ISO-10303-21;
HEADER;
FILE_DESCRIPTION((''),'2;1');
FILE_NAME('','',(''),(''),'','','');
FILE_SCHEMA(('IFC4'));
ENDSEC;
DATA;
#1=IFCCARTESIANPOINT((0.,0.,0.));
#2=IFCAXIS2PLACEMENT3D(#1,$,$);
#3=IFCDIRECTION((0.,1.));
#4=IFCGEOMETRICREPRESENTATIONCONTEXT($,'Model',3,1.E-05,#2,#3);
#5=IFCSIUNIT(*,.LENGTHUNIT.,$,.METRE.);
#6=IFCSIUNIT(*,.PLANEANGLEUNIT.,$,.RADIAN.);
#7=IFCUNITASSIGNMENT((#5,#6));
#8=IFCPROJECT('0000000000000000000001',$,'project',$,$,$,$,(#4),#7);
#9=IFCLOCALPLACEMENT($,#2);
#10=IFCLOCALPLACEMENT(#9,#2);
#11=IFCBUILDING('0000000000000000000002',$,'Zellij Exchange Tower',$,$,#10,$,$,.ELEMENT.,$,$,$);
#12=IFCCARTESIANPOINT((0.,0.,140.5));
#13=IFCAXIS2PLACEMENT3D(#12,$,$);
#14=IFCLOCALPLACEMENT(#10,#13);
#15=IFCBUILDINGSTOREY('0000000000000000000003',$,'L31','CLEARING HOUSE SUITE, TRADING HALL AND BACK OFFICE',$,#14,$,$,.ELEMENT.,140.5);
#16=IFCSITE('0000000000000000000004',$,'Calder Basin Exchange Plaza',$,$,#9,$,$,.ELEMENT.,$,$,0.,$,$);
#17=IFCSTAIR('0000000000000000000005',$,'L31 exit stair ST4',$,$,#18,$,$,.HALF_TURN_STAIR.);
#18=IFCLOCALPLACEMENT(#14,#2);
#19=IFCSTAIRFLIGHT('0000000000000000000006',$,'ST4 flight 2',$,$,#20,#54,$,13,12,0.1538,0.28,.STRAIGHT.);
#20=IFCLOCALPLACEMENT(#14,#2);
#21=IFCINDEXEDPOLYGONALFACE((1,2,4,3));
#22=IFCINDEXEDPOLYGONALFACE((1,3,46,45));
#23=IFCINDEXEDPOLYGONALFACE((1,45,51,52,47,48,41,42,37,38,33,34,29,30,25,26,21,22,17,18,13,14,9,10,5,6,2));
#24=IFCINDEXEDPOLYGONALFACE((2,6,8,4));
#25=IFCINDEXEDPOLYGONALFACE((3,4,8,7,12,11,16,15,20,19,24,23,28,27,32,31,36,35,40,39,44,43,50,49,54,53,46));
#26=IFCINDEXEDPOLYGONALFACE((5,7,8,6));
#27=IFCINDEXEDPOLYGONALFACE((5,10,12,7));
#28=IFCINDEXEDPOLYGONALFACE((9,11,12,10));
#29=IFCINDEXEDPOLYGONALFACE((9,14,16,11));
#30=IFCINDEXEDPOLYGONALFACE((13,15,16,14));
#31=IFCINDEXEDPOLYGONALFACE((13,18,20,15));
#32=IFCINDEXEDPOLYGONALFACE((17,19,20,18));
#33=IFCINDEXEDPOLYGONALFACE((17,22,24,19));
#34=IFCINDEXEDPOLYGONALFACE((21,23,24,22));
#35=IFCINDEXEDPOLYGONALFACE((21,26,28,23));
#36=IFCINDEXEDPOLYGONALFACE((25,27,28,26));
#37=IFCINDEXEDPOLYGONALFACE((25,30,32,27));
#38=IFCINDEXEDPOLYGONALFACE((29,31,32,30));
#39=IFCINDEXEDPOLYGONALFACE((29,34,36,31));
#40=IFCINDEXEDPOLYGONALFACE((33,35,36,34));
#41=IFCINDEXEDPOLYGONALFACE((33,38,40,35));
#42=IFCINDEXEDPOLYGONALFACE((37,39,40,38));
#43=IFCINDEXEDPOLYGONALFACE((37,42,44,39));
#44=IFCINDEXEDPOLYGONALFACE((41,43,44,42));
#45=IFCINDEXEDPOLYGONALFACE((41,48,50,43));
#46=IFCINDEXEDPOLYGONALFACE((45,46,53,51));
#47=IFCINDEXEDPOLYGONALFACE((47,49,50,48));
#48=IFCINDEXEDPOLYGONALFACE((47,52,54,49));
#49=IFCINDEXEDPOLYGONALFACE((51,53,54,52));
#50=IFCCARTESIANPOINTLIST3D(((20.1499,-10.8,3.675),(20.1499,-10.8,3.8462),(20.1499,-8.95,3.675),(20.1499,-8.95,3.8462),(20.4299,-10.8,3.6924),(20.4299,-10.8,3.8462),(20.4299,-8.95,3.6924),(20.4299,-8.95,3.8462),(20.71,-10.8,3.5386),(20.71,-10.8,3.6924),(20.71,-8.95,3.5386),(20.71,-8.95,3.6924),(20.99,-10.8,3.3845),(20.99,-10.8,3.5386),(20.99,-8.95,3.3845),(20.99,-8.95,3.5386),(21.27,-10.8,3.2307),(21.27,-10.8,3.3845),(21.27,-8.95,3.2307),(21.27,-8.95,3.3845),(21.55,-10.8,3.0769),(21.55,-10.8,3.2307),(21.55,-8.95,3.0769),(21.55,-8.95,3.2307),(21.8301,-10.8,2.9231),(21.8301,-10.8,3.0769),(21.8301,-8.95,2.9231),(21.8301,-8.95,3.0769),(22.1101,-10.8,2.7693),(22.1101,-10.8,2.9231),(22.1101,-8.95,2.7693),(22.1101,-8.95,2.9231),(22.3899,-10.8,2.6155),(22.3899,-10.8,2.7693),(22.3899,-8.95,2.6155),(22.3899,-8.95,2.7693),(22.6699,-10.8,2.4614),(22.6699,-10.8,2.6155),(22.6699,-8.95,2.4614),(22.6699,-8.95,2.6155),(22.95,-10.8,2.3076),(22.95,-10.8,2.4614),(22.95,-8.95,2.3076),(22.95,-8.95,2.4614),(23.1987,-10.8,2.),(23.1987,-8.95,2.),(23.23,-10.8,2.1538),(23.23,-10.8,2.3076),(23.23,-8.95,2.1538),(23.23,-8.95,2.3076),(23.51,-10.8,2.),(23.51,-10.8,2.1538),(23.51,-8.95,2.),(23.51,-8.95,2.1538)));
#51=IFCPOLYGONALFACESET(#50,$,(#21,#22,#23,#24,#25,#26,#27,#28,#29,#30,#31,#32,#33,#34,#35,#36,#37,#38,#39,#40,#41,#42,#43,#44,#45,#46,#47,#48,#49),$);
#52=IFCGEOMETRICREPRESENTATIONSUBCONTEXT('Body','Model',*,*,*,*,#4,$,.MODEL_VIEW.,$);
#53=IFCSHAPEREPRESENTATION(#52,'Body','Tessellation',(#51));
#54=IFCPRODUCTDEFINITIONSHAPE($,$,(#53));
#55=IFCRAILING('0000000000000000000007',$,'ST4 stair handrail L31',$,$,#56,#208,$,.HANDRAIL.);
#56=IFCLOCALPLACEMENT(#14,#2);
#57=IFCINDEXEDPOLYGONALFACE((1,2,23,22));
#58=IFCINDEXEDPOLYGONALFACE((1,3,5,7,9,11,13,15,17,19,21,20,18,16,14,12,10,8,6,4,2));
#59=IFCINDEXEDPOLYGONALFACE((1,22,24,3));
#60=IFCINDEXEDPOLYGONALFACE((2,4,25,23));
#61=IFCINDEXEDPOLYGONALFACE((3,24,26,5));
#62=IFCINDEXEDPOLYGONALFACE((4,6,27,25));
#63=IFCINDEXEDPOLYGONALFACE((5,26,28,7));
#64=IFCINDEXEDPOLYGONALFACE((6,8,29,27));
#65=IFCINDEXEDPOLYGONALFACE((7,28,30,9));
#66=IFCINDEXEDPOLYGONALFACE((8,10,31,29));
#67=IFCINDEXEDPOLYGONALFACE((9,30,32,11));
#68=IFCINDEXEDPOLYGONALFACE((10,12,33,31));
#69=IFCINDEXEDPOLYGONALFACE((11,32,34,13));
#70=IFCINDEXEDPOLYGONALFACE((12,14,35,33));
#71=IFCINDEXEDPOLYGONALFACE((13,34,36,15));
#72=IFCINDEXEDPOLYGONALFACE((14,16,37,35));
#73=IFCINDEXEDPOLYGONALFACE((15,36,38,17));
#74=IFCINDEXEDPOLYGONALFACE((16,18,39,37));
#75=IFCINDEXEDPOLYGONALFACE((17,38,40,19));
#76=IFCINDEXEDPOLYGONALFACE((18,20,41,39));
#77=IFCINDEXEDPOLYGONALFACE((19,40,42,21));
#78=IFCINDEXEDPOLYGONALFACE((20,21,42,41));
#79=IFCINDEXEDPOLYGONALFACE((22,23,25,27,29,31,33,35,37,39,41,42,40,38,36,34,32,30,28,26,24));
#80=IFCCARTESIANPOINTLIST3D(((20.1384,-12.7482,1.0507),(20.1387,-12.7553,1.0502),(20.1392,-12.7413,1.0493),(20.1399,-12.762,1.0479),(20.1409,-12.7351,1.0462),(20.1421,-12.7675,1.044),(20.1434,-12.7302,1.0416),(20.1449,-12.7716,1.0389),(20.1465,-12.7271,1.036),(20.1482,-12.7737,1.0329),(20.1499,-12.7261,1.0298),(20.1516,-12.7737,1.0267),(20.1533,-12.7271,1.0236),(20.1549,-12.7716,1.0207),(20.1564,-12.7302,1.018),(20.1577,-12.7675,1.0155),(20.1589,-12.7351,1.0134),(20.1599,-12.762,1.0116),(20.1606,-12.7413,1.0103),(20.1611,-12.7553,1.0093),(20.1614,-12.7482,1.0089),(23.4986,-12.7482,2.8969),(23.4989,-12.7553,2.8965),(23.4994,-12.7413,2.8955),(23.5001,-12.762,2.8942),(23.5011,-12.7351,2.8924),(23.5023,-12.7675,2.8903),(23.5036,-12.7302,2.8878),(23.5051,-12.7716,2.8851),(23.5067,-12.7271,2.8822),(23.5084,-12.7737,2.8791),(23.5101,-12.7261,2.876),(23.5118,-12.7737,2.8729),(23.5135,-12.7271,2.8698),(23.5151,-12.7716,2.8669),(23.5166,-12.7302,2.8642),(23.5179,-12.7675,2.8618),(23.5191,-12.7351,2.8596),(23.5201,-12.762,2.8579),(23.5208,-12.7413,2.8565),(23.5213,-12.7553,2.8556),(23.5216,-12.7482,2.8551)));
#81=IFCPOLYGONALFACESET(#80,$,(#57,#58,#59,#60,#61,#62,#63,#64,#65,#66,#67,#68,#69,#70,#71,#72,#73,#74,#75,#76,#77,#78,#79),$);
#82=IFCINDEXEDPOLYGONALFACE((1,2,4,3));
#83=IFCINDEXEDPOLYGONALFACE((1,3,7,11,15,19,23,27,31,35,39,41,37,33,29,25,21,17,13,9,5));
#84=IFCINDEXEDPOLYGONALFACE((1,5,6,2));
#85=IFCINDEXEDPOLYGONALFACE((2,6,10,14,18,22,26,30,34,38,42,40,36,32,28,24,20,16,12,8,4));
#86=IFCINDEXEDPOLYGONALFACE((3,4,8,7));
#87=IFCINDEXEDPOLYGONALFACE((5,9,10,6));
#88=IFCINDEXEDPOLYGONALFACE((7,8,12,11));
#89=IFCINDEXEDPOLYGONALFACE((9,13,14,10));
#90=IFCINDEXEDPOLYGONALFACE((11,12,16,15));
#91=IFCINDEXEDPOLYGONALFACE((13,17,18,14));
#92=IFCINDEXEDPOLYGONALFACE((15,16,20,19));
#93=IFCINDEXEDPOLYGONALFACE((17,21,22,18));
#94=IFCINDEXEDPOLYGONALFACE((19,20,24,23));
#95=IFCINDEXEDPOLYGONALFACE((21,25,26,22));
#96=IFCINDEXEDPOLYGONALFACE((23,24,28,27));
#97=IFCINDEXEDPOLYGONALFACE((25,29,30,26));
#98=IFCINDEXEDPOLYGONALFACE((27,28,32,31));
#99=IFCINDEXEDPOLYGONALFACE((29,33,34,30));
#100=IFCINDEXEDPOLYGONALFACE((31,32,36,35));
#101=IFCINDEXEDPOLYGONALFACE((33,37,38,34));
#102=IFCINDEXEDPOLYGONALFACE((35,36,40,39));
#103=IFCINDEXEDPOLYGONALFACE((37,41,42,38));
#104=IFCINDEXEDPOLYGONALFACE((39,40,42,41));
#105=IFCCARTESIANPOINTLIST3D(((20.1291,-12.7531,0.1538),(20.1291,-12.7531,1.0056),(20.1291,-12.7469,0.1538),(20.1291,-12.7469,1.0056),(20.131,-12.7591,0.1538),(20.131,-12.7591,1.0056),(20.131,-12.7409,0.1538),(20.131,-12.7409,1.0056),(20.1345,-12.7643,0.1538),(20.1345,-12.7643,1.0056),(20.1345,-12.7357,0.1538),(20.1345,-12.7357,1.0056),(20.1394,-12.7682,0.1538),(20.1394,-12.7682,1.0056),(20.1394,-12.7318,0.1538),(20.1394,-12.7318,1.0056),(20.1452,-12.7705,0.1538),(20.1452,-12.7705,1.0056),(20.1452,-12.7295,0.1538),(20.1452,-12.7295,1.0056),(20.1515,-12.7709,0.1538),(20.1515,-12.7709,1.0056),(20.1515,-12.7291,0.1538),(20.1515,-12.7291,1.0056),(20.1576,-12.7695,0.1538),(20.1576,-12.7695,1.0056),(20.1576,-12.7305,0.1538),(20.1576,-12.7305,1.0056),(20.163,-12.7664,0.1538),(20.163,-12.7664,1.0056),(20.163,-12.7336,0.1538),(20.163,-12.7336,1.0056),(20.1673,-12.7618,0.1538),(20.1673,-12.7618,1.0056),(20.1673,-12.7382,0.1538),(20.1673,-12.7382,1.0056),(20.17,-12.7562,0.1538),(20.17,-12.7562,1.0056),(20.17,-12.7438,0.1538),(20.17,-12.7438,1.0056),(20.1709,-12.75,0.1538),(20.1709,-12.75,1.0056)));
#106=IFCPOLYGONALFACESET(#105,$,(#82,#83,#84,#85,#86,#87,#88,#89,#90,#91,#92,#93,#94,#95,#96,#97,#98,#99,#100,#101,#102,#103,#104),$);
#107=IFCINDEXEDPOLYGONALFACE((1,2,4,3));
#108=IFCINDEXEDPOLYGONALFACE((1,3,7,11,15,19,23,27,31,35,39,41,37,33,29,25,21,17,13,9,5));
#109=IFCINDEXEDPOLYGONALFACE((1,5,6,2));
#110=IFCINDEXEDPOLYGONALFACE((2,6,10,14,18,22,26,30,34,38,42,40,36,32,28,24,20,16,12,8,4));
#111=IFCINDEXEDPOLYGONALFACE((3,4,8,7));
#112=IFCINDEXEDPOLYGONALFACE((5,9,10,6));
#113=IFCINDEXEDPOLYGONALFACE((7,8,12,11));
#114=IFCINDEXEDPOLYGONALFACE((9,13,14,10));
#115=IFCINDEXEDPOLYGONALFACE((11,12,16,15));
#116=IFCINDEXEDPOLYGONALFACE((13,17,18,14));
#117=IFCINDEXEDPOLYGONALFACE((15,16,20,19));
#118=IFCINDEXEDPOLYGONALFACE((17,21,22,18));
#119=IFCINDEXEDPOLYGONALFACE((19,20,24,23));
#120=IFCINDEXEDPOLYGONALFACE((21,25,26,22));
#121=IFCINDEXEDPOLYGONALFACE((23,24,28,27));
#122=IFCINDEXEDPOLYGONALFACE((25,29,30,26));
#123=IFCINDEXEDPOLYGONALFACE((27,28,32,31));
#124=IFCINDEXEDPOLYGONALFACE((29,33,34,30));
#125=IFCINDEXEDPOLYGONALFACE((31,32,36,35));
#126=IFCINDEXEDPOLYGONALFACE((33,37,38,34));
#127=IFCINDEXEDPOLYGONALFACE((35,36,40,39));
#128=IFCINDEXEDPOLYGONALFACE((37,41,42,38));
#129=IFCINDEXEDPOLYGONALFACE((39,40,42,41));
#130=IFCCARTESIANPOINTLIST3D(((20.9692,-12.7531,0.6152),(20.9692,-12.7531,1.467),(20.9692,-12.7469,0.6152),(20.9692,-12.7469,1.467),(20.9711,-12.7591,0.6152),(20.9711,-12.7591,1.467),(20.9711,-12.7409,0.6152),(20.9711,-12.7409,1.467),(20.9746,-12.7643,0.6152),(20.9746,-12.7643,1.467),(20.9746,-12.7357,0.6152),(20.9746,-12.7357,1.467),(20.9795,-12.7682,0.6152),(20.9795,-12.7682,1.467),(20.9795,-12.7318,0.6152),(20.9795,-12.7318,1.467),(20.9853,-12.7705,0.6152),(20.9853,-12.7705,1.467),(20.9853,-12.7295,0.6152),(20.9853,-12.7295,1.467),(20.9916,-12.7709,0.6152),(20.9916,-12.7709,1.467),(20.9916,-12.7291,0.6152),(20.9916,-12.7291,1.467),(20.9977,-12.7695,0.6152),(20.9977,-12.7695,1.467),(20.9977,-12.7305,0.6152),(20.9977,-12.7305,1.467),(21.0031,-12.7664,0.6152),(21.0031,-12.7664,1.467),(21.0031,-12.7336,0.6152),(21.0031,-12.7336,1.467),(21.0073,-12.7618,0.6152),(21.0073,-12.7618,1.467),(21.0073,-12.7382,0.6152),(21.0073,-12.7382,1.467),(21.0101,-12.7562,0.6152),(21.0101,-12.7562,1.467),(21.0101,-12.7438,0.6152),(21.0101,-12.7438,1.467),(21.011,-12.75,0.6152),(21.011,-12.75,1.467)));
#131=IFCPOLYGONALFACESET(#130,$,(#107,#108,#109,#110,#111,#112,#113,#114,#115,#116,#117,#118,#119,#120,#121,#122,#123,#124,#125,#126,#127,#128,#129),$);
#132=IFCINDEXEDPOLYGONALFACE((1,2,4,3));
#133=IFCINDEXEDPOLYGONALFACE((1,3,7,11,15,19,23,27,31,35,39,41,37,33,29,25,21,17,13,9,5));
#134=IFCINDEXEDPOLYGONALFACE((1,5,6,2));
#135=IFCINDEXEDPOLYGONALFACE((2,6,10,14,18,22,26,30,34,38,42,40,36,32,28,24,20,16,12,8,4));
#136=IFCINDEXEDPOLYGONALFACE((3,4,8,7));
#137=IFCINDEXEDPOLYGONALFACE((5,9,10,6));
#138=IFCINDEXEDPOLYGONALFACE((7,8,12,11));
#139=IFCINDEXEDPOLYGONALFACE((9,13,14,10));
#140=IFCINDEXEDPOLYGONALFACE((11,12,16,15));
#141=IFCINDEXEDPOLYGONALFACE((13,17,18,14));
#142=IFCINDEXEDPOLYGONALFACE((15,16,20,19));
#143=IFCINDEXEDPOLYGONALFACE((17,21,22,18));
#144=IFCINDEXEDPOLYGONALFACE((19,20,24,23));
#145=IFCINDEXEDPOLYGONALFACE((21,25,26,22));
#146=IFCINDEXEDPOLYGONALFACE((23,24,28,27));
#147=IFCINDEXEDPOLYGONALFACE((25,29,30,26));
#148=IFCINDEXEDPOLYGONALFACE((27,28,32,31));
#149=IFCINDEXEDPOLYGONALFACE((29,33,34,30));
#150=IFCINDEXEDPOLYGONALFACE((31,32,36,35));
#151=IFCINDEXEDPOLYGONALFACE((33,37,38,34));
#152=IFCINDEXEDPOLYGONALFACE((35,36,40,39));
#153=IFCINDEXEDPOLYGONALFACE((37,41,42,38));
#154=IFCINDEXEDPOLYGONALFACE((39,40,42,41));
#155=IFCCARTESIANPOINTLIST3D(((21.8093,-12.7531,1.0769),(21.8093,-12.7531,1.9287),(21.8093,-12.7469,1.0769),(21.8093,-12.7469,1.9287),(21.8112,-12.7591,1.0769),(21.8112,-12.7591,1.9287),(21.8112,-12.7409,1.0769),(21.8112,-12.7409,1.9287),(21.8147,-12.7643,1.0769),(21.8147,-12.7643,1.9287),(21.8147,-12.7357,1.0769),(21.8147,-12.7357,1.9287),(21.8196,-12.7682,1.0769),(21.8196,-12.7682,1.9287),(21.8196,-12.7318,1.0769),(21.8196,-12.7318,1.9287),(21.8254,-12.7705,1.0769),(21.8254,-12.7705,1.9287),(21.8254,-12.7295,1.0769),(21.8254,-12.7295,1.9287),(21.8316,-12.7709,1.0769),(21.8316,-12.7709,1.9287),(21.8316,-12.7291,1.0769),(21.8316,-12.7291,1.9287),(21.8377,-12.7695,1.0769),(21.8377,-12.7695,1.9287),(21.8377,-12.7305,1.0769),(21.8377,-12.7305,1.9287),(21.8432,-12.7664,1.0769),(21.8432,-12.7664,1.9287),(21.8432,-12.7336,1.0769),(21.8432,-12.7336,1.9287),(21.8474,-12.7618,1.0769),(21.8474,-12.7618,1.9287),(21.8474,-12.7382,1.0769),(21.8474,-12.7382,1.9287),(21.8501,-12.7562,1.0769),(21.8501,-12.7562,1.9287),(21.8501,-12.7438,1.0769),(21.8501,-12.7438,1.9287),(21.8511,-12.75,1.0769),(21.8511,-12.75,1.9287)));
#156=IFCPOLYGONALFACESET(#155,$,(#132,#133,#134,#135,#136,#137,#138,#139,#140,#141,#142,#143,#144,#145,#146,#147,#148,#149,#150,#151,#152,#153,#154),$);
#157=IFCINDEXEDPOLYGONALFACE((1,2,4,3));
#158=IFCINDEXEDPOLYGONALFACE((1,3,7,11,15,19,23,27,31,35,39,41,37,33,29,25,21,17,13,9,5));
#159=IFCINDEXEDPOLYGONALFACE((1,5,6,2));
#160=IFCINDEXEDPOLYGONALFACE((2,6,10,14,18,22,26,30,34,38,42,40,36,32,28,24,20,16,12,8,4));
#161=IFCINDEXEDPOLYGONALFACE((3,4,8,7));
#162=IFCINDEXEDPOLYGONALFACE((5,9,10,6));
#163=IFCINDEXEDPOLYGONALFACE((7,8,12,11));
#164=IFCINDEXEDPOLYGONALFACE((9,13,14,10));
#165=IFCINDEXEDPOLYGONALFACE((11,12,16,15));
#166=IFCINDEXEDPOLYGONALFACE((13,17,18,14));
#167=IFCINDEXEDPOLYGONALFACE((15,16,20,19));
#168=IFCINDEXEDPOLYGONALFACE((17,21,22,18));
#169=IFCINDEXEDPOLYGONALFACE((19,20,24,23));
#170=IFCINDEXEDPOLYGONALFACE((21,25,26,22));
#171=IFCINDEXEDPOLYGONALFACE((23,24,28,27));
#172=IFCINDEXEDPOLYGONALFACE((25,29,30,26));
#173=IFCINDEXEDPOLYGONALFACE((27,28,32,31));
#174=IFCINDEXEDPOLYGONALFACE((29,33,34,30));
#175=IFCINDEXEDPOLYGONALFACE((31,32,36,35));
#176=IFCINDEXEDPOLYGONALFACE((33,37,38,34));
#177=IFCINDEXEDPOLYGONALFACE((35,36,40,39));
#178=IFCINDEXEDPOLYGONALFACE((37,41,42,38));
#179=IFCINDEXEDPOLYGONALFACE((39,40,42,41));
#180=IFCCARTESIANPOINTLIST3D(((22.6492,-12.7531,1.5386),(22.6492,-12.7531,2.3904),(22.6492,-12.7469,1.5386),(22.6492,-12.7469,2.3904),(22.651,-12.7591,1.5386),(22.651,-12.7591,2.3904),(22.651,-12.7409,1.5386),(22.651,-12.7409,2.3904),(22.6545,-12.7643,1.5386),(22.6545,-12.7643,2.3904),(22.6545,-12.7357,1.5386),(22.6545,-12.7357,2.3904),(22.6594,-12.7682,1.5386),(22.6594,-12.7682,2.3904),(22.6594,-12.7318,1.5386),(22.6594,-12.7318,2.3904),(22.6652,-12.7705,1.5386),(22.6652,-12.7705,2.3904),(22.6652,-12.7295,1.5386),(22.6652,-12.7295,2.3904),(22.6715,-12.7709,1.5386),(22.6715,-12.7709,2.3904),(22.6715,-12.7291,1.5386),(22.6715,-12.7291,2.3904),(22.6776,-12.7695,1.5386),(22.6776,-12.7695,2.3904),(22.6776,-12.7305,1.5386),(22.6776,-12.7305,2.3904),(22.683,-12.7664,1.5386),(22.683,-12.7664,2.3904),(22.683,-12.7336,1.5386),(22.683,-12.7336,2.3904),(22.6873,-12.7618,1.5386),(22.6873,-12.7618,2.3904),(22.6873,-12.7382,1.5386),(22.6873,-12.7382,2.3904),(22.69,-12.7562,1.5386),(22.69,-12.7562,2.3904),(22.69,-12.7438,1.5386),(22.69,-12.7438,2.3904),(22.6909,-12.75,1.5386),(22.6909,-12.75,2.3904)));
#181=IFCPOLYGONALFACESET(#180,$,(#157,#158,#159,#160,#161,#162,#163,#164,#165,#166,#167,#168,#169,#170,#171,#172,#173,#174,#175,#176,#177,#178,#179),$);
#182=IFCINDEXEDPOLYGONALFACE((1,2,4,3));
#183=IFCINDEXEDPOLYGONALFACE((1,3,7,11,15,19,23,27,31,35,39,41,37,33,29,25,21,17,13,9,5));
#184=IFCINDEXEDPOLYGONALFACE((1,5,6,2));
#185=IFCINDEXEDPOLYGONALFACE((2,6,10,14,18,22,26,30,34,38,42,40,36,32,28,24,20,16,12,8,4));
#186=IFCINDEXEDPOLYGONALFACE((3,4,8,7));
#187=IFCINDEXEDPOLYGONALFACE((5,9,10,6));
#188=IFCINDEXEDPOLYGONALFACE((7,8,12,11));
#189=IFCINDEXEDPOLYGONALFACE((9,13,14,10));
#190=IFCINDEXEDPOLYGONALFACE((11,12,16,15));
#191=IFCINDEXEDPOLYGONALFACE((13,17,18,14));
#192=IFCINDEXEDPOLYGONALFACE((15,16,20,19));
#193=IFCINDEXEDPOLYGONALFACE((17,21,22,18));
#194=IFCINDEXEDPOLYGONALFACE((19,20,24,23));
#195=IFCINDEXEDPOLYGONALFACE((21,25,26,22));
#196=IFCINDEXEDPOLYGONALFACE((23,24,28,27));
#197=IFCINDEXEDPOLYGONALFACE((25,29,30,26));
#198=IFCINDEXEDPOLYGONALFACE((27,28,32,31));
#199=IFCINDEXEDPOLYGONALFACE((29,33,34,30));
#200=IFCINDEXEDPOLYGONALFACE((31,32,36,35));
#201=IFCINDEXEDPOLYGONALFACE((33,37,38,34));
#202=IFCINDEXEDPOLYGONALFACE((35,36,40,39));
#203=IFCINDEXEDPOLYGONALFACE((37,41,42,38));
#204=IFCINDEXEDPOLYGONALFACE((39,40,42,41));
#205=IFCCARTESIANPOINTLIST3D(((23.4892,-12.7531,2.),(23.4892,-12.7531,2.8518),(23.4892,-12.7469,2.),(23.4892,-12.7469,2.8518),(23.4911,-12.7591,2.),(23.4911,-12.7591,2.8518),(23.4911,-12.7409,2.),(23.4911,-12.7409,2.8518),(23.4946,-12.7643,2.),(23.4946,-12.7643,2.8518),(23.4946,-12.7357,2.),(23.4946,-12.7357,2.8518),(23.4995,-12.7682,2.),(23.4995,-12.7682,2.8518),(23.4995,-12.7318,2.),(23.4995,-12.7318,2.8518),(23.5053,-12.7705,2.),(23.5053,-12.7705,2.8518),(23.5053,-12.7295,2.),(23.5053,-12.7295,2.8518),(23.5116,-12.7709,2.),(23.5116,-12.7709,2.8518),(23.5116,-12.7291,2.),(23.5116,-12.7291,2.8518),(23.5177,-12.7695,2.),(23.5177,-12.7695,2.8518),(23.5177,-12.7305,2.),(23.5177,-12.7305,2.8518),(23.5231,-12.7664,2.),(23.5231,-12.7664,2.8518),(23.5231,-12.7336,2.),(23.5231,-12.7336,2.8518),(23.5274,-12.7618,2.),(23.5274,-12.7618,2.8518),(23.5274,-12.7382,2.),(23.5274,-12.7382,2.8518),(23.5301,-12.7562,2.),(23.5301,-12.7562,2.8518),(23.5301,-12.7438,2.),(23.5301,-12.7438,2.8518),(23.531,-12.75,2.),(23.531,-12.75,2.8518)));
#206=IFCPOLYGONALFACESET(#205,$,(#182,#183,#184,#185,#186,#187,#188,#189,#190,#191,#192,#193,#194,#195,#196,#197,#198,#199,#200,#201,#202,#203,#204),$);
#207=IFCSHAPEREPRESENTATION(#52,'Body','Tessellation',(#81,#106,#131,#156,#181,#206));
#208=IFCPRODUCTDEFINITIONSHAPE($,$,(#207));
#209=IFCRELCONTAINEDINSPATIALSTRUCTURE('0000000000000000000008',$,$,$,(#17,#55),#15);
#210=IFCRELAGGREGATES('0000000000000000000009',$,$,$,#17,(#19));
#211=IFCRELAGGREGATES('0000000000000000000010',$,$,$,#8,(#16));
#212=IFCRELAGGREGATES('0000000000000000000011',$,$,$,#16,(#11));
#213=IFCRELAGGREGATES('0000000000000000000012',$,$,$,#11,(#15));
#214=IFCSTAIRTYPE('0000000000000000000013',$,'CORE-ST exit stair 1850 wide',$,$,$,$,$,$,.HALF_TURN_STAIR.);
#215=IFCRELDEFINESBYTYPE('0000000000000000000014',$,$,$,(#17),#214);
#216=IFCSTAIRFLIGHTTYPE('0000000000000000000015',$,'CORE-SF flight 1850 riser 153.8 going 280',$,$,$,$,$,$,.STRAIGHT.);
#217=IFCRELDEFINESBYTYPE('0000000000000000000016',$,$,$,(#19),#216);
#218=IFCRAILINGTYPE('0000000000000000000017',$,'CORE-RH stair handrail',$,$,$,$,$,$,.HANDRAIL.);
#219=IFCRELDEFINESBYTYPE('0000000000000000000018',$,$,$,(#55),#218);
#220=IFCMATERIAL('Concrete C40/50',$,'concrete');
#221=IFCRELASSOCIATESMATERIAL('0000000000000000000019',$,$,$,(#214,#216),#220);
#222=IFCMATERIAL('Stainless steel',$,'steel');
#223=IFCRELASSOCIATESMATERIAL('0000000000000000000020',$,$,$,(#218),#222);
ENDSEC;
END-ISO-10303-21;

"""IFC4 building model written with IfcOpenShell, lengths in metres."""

from ifc_helpers import new_model, si_unit, direction, frame, origin, origin_2d, place, context, subcontext, project, spatial, polyline, circle, outline, extrude, material, type_object, element, aggregate, save


model = new_model("IFC4")

# Units and contexts
model_context = context("Model", 3, precision=1e-05, world=origin(), true_north=direction((0.0, 1.0)))
body_context = subcontext(model_context, "Body", "Model", "MODEL_VIEW")
ifc_project = project(units=[si_unit("LENGTHUNIT", "METRE"), si_unit("PLANEANGLEUNIT", "RADIAN")], contexts=[model_context])

# Site, building, storey
site_placement = place(None, origin())
site = spatial("IfcSite", under=ifc_project, at=site_placement, Name="Calder Basin Exchange Plaza", CompositionType="ELEMENT", RefElevation=0.0)
building_placement = place(site_placement, origin())
building = spatial("IfcBuilding", under=site, at=building_placement, Name="Zellij Exchange Tower", CompositionType="ELEMENT")
storey_placement = place(building_placement, frame((0.0, 0.0, 140.5)))
storey = spatial("IfcBuildingStorey", under=building, at=storey_placement, Name="L31", Description="CLEARING HOUSE SUITE, TRADING HALL AND BACK OFFICE", CompositionType="ELEMENT", Elevation=140.5)

# Stair, stair flight
ifc_material_1 = material(Name="Concrete C40/50", Category="concrete")
stair_type = type_object("IfcStairType", Name="CORE-ST exit stair 1850 wide", PredefinedType="HALF_TURN_STAIR", material=ifc_material_1)
stair_placement = place(storey_placement, origin())
stair = element("IfcStair", 1, at=stair_placement, inside=storey, type_object=stair_type, Name="L31 exit stair ST4", PredefinedType="HALF_TURN_STAIR")
stair_flight_type = type_object("IfcStairFlightType", Name="CORE-SF flight 1850 riser 153.8 going 280", PredefinedType="STRAIGHT", material=ifc_material_1)
stair_flight_1_placement = place(storey_placement, frame((23.51, -9.875, 2.0), z_axis=(0.0, 0.0, 1.0), x_axis=(-1.0, 0.0, 0.0)))
stair_flight_1 = element("IfcStairFlight", 2, at=stair_flight_1_placement, type_object=stair_flight_type, Name="ST4 flight 2", NumberOfRisers=13, NumberOfTreads=12, PredefinedType="STRAIGHT", RiserHeight=0.1538, TreadLength=0.28, context=body_context, shape_type="SweptSolid", body=[
    extrude(outline(polyline([(0.0, 0.0), (0.0, 0.1538), (0.28, 0.1538), (0.28, 0.3076), (0.5601, 0.3076), (0.5601, 0.4614), (0.8401, 0.4614), (0.8401, 0.6155), (1.1201, 0.6155), (1.1201, 0.7693), (1.3999, 0.7693), (1.3999, 0.9231), (1.6799, 0.9231), (1.6799, 1.0769), (1.96, 1.0769), (1.96, 1.2307), (2.24, 1.2307), (2.24, 1.3845), (2.52, 1.3845), (2.52, 1.5386), (2.8, 1.5386), (2.8, 1.6924), (3.0801, 1.6924), (3.0801, 1.8462), (3.3601, 1.8462), (3.3601, 2.0), (3.3601, 1.675), (0.3113, 0.0), (0.0, 0.0)])), frame((0.0, 0.925, 0.0), z_axis=(0.0, -1.0, 0.0), x_axis=(1.0, 0.0, 0.0)), (0.0, 0.0, 1.0), 1.8501),
])
aggregate(stair, [stair_flight_1])

# Railing
ifc_material_2 = material(Name="Stainless steel", Category="steel")
railing_type = type_object("IfcRailingType", Name="CORE-RH stair handrail", PredefinedType="HANDRAIL", material=ifc_material_2)
railing_1_placement = place(storey_placement, frame((20.1499, -12.75, 0.1538)))
element("IfcRailing", 3, at=railing_1_placement, inside=storey, type_object=railing_type, Name="ST4 stair handrail L31", PredefinedType="HANDRAIL", context=body_context, shape_type="SweptSolid", body=[
    extrude(circle(Radius=0.0239, at=origin_2d()), frame((0.0, 0.0, 0.876), z_axis=(0.876422, 0.0, 0.481545), x_axis=(0.0, 1.0, 0.0)), (0.0, 0.0, 1.0), 3.834),
    extrude(circle(Radius=0.021, at=origin_2d()), origin(), (0.0, 0.0, 1.0), 0.8518),
    extrude(circle(Radius=0.021, at=origin_2d()), frame((0.8401, 0.0, 0.4614)), (0.0, 0.0, 1.0), 0.8518),
    extrude(circle(Radius=0.021, at=origin_2d()), frame((1.6802, 0.0, 0.9231)), (0.0, 0.0, 1.0), 0.8518),
    extrude(circle(Radius=0.021, at=origin_2d()), frame((2.52, 0.0, 1.3848)), (0.0, 0.0, 1.0), 0.8518),
    extrude(circle(Radius=0.021, at=origin_2d()), frame((3.3601, 0.0, 1.8462)), (0.0, 0.0, 1.0), 0.8518),
])

save(model, "model.ifc")
